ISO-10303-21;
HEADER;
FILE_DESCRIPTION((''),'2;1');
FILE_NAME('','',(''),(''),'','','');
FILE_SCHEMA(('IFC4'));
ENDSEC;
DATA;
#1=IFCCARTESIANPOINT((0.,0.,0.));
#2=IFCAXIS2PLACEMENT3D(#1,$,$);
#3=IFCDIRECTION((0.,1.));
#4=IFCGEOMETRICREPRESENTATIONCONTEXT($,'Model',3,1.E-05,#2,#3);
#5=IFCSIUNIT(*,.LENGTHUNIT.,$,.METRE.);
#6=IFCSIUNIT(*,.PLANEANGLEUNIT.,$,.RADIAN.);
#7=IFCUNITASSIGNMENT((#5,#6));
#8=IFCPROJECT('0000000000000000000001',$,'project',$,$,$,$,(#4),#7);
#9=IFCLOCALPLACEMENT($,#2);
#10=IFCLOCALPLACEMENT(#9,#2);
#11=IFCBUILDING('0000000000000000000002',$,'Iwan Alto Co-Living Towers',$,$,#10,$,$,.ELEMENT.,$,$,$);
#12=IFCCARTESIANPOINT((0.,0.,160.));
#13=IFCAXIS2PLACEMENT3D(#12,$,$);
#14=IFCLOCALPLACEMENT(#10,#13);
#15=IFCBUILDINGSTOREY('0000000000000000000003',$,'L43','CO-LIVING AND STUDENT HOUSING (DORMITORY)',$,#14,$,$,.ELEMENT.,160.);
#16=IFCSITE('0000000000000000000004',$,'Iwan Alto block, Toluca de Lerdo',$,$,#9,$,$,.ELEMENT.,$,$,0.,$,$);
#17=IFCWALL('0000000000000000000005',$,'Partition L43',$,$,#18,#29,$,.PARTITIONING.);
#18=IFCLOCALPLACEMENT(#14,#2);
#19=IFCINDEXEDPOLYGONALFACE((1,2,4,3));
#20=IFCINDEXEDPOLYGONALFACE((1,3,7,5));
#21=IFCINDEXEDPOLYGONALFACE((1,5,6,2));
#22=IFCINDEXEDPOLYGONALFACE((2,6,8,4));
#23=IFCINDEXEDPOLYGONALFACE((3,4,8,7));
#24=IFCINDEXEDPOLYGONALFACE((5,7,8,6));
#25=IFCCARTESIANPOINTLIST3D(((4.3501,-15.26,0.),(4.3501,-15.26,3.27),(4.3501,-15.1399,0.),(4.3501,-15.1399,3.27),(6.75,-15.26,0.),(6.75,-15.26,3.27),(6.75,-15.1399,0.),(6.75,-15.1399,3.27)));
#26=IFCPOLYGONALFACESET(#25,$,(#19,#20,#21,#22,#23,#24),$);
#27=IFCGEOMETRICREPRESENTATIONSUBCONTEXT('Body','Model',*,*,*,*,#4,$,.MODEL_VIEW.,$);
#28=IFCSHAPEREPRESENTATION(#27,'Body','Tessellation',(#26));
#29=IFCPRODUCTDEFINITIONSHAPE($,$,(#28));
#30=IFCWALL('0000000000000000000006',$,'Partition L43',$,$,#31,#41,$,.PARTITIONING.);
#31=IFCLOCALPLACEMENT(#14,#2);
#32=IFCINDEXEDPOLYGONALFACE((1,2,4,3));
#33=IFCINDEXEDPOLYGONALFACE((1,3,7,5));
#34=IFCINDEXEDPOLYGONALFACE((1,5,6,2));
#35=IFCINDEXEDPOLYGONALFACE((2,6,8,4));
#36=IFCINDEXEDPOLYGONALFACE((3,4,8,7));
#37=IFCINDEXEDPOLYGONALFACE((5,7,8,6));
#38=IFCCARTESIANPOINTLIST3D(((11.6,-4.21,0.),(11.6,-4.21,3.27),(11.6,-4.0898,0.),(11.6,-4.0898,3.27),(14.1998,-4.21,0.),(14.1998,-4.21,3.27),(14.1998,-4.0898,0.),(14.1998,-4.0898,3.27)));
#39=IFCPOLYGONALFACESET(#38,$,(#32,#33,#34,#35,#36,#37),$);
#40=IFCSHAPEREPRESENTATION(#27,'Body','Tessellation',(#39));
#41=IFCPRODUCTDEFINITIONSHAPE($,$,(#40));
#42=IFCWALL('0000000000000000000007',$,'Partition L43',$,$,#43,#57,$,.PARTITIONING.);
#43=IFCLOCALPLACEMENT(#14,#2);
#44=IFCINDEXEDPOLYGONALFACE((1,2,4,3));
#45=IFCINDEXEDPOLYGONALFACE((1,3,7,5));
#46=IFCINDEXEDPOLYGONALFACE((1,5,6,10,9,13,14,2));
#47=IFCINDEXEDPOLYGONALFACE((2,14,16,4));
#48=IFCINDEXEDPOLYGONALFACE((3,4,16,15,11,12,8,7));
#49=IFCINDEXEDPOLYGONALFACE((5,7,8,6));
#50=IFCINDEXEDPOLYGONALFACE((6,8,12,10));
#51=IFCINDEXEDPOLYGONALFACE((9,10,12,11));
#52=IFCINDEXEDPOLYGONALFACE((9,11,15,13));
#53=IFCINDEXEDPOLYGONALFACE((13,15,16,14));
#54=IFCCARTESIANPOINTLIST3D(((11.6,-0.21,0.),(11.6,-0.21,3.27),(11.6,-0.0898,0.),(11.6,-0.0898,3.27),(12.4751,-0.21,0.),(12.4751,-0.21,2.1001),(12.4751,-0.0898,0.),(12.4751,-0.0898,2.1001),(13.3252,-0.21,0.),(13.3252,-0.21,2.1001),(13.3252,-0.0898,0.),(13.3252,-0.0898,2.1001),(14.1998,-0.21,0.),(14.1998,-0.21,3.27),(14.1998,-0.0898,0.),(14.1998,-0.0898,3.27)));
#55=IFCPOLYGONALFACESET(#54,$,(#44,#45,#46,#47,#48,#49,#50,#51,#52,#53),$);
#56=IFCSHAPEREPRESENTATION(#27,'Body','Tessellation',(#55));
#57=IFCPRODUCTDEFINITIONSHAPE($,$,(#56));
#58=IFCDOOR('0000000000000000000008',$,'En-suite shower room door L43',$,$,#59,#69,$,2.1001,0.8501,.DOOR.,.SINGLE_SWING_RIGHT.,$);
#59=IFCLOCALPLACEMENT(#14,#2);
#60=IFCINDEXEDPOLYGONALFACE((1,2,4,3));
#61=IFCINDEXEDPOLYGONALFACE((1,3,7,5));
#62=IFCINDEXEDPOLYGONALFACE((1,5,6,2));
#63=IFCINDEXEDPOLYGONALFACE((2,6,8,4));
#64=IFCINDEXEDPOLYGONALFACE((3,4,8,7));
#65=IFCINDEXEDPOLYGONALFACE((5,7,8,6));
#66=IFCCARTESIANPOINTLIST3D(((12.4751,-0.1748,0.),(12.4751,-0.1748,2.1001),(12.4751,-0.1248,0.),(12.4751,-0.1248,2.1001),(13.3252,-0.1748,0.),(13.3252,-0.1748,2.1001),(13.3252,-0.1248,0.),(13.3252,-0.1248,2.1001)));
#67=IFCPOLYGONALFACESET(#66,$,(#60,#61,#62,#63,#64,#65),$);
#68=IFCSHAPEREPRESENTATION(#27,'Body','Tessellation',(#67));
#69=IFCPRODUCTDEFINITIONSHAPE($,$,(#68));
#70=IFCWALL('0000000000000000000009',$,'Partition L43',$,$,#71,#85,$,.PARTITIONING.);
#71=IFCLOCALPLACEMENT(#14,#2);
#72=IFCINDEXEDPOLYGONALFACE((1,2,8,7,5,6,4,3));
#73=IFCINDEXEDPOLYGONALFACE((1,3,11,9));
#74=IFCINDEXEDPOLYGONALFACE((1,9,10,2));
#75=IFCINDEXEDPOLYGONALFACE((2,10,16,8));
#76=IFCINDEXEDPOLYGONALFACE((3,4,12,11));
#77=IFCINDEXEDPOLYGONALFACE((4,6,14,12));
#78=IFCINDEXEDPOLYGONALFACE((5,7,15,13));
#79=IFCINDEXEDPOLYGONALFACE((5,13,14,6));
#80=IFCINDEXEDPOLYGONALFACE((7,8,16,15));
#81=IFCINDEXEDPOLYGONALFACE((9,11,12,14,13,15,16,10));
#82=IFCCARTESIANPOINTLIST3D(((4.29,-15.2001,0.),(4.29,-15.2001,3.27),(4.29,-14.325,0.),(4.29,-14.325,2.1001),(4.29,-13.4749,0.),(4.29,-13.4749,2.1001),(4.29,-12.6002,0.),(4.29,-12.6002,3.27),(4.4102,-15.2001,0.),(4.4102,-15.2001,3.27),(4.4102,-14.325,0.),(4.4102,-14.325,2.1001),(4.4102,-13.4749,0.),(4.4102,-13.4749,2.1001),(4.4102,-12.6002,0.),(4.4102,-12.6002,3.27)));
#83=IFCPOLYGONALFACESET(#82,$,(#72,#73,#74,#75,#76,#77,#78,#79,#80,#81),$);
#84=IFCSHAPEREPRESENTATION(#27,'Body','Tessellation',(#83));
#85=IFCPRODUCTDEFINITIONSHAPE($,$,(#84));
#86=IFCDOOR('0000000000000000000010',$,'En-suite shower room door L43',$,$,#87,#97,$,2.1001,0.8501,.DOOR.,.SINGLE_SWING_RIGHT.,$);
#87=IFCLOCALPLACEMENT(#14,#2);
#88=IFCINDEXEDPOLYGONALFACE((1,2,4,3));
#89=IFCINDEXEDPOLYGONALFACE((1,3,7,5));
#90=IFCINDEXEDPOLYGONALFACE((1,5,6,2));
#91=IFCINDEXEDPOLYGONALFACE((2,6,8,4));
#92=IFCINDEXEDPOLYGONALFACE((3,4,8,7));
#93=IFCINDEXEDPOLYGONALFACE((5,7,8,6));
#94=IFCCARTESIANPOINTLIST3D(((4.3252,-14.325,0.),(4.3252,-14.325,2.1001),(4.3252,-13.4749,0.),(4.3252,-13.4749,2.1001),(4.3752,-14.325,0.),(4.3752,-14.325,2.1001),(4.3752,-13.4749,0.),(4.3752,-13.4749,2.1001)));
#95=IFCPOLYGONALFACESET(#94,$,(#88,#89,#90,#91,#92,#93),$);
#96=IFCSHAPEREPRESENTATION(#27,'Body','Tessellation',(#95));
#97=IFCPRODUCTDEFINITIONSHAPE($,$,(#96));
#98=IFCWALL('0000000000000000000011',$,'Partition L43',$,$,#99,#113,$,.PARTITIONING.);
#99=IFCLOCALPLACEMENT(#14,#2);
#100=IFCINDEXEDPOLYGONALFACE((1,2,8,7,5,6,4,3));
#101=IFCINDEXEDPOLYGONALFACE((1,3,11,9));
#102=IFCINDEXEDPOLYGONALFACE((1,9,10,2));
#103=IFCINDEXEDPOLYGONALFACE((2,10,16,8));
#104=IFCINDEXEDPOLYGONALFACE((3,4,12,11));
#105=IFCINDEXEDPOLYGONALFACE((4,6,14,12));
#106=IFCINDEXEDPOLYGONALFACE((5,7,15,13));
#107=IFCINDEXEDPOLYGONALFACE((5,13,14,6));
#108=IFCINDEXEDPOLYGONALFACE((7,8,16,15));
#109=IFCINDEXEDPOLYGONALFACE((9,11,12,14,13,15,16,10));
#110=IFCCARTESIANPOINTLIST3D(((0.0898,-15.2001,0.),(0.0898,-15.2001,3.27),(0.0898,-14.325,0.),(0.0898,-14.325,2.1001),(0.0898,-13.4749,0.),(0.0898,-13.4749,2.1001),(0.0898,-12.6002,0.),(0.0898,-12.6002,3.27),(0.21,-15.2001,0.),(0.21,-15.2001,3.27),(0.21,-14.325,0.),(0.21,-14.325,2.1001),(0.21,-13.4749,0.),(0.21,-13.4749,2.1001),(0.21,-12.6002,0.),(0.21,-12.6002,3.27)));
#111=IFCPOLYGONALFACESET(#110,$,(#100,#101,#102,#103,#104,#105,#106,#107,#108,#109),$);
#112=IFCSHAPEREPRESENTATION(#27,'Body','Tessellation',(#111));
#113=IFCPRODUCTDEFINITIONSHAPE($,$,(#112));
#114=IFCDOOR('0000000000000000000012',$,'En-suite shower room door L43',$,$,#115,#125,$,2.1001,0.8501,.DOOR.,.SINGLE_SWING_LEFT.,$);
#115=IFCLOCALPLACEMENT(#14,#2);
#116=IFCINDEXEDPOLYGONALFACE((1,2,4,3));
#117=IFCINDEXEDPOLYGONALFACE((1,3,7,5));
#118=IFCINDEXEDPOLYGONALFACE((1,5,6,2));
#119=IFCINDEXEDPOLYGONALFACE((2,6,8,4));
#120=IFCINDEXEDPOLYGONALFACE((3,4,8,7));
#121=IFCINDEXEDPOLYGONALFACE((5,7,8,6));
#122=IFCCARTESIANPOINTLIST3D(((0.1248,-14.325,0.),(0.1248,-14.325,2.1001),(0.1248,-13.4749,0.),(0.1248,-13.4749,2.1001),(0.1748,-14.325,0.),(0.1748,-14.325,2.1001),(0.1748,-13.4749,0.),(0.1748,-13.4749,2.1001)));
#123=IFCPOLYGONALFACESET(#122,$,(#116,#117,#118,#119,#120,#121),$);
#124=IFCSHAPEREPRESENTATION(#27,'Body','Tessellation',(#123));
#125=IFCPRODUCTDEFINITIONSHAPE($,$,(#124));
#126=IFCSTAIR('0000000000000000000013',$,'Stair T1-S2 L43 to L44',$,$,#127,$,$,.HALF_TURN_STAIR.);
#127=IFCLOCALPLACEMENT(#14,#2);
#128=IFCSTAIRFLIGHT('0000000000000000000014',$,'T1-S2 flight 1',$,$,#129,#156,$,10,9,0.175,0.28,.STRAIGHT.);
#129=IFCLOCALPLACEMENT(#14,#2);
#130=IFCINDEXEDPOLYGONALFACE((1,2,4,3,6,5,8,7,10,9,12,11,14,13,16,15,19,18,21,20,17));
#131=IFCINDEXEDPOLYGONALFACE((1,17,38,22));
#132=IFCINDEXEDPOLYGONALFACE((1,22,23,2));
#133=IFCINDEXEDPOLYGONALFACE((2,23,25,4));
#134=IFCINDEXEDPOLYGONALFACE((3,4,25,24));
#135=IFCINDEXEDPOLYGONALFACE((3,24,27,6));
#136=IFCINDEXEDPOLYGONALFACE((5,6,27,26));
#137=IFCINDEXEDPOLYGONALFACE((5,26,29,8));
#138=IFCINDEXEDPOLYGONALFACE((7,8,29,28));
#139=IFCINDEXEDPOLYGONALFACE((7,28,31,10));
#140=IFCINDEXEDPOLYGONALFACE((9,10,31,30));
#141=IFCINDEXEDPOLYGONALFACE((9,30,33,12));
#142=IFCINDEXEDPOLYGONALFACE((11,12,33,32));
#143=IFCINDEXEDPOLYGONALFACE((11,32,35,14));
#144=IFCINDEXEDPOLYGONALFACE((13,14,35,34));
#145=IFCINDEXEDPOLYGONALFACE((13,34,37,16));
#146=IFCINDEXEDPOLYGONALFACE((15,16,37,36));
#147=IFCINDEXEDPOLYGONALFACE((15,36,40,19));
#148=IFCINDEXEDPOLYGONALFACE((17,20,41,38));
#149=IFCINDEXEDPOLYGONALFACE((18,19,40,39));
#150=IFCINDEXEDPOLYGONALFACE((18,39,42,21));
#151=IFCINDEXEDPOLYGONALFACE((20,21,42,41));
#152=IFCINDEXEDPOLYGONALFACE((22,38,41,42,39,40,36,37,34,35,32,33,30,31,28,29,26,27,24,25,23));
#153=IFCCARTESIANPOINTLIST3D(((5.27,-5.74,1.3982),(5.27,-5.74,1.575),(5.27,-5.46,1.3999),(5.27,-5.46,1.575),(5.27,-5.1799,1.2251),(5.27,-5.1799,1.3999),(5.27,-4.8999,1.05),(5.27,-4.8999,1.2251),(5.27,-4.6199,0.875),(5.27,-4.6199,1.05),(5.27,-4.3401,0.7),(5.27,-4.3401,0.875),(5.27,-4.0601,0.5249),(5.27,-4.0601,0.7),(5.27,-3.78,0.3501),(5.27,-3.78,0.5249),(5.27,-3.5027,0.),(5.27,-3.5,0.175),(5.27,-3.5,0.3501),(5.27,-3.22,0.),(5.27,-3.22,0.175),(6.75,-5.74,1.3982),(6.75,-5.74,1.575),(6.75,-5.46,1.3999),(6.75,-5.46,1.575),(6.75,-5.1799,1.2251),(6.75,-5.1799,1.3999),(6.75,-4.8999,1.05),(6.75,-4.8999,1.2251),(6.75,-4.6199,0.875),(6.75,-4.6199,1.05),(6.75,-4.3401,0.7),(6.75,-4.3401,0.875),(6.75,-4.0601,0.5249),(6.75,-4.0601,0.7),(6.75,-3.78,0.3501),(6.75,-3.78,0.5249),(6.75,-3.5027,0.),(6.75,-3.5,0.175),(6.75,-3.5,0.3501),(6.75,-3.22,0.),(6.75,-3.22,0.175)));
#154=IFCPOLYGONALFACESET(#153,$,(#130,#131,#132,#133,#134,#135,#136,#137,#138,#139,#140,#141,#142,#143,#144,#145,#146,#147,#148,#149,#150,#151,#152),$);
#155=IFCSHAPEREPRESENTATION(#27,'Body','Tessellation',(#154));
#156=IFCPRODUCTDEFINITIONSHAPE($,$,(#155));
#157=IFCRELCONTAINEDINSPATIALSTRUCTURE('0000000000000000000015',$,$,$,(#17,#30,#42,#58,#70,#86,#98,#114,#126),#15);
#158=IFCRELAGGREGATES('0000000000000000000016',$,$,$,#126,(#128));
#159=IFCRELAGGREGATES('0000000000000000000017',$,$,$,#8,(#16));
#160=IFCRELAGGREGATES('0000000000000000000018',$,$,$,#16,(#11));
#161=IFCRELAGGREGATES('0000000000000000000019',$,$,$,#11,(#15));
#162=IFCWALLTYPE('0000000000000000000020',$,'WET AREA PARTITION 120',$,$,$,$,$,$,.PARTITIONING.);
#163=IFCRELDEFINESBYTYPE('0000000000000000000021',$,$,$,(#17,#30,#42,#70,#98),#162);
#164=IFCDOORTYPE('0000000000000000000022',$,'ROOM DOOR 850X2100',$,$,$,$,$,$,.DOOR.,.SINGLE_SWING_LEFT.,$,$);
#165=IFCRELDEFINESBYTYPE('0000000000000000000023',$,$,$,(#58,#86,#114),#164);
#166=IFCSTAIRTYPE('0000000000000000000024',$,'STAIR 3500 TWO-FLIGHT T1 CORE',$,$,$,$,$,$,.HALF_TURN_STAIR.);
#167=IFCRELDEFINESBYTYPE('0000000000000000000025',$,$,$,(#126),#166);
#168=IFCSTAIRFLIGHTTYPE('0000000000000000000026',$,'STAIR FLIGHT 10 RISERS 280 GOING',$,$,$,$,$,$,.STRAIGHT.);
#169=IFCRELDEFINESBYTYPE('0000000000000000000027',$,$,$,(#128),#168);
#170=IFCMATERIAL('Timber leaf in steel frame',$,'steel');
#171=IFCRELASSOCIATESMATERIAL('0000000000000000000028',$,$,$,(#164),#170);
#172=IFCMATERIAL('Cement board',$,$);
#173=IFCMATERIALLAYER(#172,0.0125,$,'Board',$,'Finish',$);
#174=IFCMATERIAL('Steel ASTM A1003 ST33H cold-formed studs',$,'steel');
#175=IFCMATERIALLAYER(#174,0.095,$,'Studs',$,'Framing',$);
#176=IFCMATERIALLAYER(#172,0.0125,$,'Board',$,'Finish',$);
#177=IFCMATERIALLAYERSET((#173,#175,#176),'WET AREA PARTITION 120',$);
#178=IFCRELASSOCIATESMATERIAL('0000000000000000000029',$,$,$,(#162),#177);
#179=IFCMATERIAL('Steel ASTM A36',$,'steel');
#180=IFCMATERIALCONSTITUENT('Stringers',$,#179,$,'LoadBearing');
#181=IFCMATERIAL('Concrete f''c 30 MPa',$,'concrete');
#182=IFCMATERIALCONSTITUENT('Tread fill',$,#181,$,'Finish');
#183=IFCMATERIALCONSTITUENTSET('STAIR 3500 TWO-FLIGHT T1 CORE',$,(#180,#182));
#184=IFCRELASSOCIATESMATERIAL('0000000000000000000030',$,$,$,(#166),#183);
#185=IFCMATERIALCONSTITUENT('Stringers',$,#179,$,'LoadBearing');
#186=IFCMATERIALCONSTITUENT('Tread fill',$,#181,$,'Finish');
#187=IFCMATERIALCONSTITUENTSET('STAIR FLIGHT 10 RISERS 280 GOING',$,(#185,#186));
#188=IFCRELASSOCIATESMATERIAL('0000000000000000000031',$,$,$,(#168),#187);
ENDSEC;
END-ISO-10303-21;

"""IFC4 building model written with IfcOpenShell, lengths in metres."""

from ifc_helpers import new_model, si_unit, direction, frame, frame_2d, origin, place, context, subcontext, project, spatial, polyline, rectangle, outline, extrude, material, layer, layer_set, constituent, constituent_set, type_object, element, fill, aggregate, save


model = new_model("IFC4")

# Units and contexts
model_context = context("Model", 3, precision=1e-05, world=origin(), true_north=direction((0.0, 1.0)))
body_context = subcontext(model_context, "Body", "Model", "MODEL_VIEW")
ifc_project = project(units=[si_unit("LENGTHUNIT", "METRE"), si_unit("PLANEANGLEUNIT", "RADIAN")], contexts=[model_context])

# Site, building, storey
site_placement = place(None, origin())
site = spatial("IfcSite", under=ifc_project, at=site_placement, Name="Iwan Alto block, Toluca de Lerdo", CompositionType="ELEMENT", RefElevation=0.0)
building_placement = place(site_placement, origin())
building = spatial("IfcBuilding", under=site, at=building_placement, Name="Iwan Alto Co-Living Towers", CompositionType="ELEMENT")
storey_placement = place(building_placement, frame((0.0, 0.0, 160.0)))
storey = spatial("IfcBuildingStorey", under=building, at=storey_placement, Name="L43", Description="CO-LIVING AND STUDENT HOUSING (DORMITORY)", CompositionType="ELEMENT", Elevation=160.0)

# Shared definitions
ifc_material_1 = material(Name="Steel ASTM A1003 ST33H cold-formed studs", Category="steel")

# Shared definitions
ifc_material_2 = material(Name="Timber leaf in steel frame", Category="steel")
door_type_1 = type_object("IfcDoorType", Name="ROOM DOOR 850X2100", OperationType="SINGLE_SWING_LEFT", PredefinedType="DOOR", material=ifc_material_2)

# Walls
ifc_material_3 = material(Name="Cement board")
ifc_layer_1 = layer(ifc_material_3, 0.0125, Name="Board", Category="Finish")
ifc_layer_2 = layer(ifc_material_1, 0.095, Name="Studs", Category="Framing")
ifc_layer_3 = layer(ifc_material_3, 0.0125, Name="Board", Category="Finish")
ifc_layer_set_1 = layer_set([ifc_layer_1, ifc_layer_2, ifc_layer_3], Name="WET AREA PARTITION 120")
wall_type_1 = type_object("IfcWallType", Name="WET AREA PARTITION 120", PredefinedType="PARTITIONING", material=ifc_layer_set_1)
wall_1_placement = place(storey_placement, frame((4.3501, -15.2, 0.0), z_axis=(0.0, 0.0, 1.0), x_axis=(1.0, 0.0, 0.0)))
element("IfcWall", 1, at=wall_1_placement, inside=storey, type_object=wall_type_1, Name="Partition L43", PredefinedType="PARTITIONING", context=body_context, shape_type="SweptSolid", body=[
    extrude(rectangle(XDim=2.3999, YDim=0.1201, at=frame_2d((1.2, 0.0))), origin(), (0.0, 0.0, 1.0), 3.27),
])
wall_2_placement = place(storey_placement, frame((11.6001, -4.1499, 0.0), z_axis=(0.0, 0.0, 1.0), x_axis=(1.0, 0.0, 0.0)))
element("IfcWall", 2, at=wall_2_placement, inside=storey, type_object=wall_type_1, Name="Partition L43", PredefinedType="PARTITIONING", context=body_context, shape_type="SweptSolid", body=[
    extrude(rectangle(XDim=2.5999, YDim=0.1201, at=frame_2d((1.2998, 0.0))), origin(), (0.0, 0.0, 1.0), 3.27),
])

# Walls, openings, doors
wall_3_placement = place(storey_placement, frame((11.6001, -0.1499, 0.0), z_axis=(0.0, 0.0, 1.0), x_axis=(1.0, 0.0, 0.0)))
wall_3 = element("IfcWall", 3, at=wall_3_placement, inside=storey, type_object=wall_type_1, Name="Partition L43", PredefinedType="PARTITIONING", context=body_context, shape_type="SweptSolid", body=[
    extrude(rectangle(XDim=2.5999, YDim=0.1201, at=frame_2d((1.2998, 0.0))), origin(), (0.0, 0.0, 1.0), 3.27),
])
opening_1_placement = place(wall_3_placement, frame((0.875, 0.0, 0.0)))
opening_1 = element("IfcOpeningElement", 4, at=opening_1_placement, cuts=wall_3, PredefinedType="OPENING", context=body_context, shape_type="SweptSolid", body=[
    extrude(rectangle(XDim=0.8501, YDim=2.1001, at=frame_2d((0.425, 1.05))), frame((0.0, 0.0701, 0.0), z_axis=(0.0, -1.0, 0.0), x_axis=(1.0, 0.0, 0.0)), (0.0, 0.0, 1.0), 0.1401),
])
door_1_placement = place(opening_1_placement, frame((0.8501, 0.0, 0.0), z_axis=(0.0, 0.0, 1.0), x_axis=(-1.0, 0.0, 0.0)))
door_1 = element("IfcDoor", 5, at=door_1_placement, inside=storey, type_object=door_type_1, Name="En-suite shower room door L43", OperationType="SINGLE_SWING_RIGHT", OverallHeight=2.1001, OverallWidth=0.8501, PredefinedType="DOOR", context=body_context, shape_type="SweptSolid", body=[
    extrude(rectangle(XDim=0.8501, YDim=2.1001, at=frame_2d((0.425, 1.05))), frame((0.0, 0.0249, 0.0), z_axis=(0.0, -1.0, 0.0), x_axis=(1.0, 0.0, 0.0)), (0.0, 0.0, 1.0), 0.05),
])
fill(opening_1, door_1)
wall_4_placement = place(storey_placement, frame((4.3501, -15.2, 0.0), z_axis=(0.0, 0.0, 1.0), x_axis=(0.0, 1.0, 0.0)))
wall_4 = element("IfcWall", 6, at=wall_4_placement, inside=storey, type_object=wall_type_1, Name="Partition L43", PredefinedType="PARTITIONING", context=body_context, shape_type="SweptSolid", body=[
    extrude(rectangle(XDim=2.5999, YDim=0.1201, at=frame_2d((1.2998, 0.0))), origin(), (0.0, 0.0, 1.0), 3.27),
])
opening_2_placement = place(wall_4_placement, frame((0.875, 0.0, 0.0)))
opening_2 = element("IfcOpeningElement", 7, at=opening_2_placement, cuts=wall_4, PredefinedType="OPENING", context=body_context, shape_type="SweptSolid", body=[
    extrude(rectangle(XDim=0.8501, YDim=2.1001, at=frame_2d((0.425, 1.05))), frame((0.0, 0.0701, 0.0), z_axis=(0.0, -1.0, 0.0), x_axis=(1.0, 0.0, 0.0)), (0.0, 0.0, 1.0), 0.1401),
])
door_2_placement = place(opening_2_placement, origin())
door_2 = element("IfcDoor", 8, at=door_2_placement, inside=storey, type_object=door_type_1, Name="En-suite shower room door L43", OperationType="SINGLE_SWING_RIGHT", OverallHeight=2.1001, OverallWidth=0.8501, PredefinedType="DOOR", context=body_context, shape_type="SweptSolid", body=[
    extrude(rectangle(XDim=0.8501, YDim=2.1001, at=frame_2d((0.425, 1.05))), frame((0.0, 0.0249, 0.0), z_axis=(0.0, -1.0, 0.0), x_axis=(1.0, 0.0, 0.0)), (0.0, 0.0, 1.0), 0.05),
])
fill(opening_2, door_2)
wall_5_placement = place(storey_placement, frame((0.1499, -15.2, 0.0), z_axis=(0.0, 0.0, 1.0), x_axis=(0.0, 1.0, 0.0)))
wall_5 = element("IfcWall", 9, at=wall_5_placement, inside=storey, type_object=wall_type_1, Name="Partition L43", PredefinedType="PARTITIONING", context=body_context, shape_type="SweptSolid", body=[
    extrude(rectangle(XDim=2.5999, YDim=0.1201, at=frame_2d((1.2998, 0.0))), origin(), (0.0, 0.0, 1.0), 3.27),
])
opening_3_placement = place(wall_5_placement, frame((0.875, 0.0, 0.0)))
opening_3 = element("IfcOpeningElement", 10, at=opening_3_placement, cuts=wall_5, PredefinedType="OPENING", context=body_context, shape_type="SweptSolid", body=[
    extrude(rectangle(XDim=0.8501, YDim=2.1001, at=frame_2d((0.425, 1.05))), frame((0.0, 0.0701, 0.0), z_axis=(0.0, -1.0, 0.0), x_axis=(1.0, 0.0, 0.0)), (0.0, 0.0, 1.0), 0.1401),
])
door_3_placement = place(opening_3_placement, frame((0.8501, 0.0, 0.0), z_axis=(0.0, 0.0, 1.0), x_axis=(-1.0, 0.0, 0.0)))
door_3 = element("IfcDoor", 11, at=door_3_placement, inside=storey, type_object=door_type_1, Name="En-suite shower room door L43", OperationType="SINGLE_SWING_LEFT", OverallHeight=2.1001, OverallWidth=0.8501, PredefinedType="DOOR", context=body_context, shape_type="SweptSolid", body=[
    extrude(rectangle(XDim=0.8501, YDim=2.1001, at=frame_2d((0.425, 1.05))), frame((0.0, 0.0249, 0.0), z_axis=(0.0, -1.0, 0.0), x_axis=(1.0, 0.0, 0.0)), (0.0, 0.0, 1.0), 0.05),
])
fill(opening_3, door_3)

# Stair, stair flight
ifc_material_4 = material(Name="Steel ASTM A36", Category="steel")
ifc_constituent_1 = constituent(ifc_material_4, Name="Stringers", Category="LoadBearing")
ifc_material_5 = material(Name="Concrete f'c 30 MPa", Category="concrete")
ifc_constituent_2 = constituent(ifc_material_5, Name="Tread fill", Category="Finish")
ifc_constituent_set_1 = constituent_set(constituents=[ifc_constituent_1, ifc_constituent_2], Name="STAIR 3500 TWO-FLIGHT T1 CORE")
stair_type = type_object("IfcStairType", Name="STAIR 3500 TWO-FLIGHT T1 CORE", PredefinedType="HALF_TURN_STAIR", material=ifc_constituent_set_1)
stair_placement = place(storey_placement, origin())
stair = element("IfcStair", 12, at=stair_placement, inside=storey, type_object=stair_type, Name="Stair T1-S2 L43 to L44", PredefinedType="HALF_TURN_STAIR")
ifc_constituent_3 = constituent(ifc_material_4, Name="Stringers", Category="LoadBearing")
ifc_constituent_4 = constituent(ifc_material_5, Name="Tread fill", Category="Finish")
ifc_constituent_set_2 = constituent_set(constituents=[ifc_constituent_3, ifc_constituent_4], Name="STAIR FLIGHT 10 RISERS 280 GOING")
stair_flight_type = type_object("IfcStairFlightType", Name="STAIR FLIGHT 10 RISERS 280 GOING", PredefinedType="STRAIGHT", material=ifc_constituent_set_2)
stair_flight_1_placement = place(storey_placement, frame((6.01, -3.22, 0.0), z_axis=(0.0, 0.0, 1.0), x_axis=(0.0, -1.0, 0.0)))
stair_flight_1 = element("IfcStairFlight", 13, at=stair_flight_1_placement, type_object=stair_flight_type, Name="T1-S2 flight 1", NumberOfRisers=10, NumberOfTreads=9, PredefinedType="STRAIGHT", RiserHeight=0.175, TreadLength=0.28, context=body_context, shape_type="SweptSolid", body=[
    extrude(outline(polyline([(0.0, 0.0), (0.0, 0.175), (0.28, 0.175), (0.28, 0.3501), (0.5601, 0.3501), (0.5601, 0.5249), (0.8401, 0.5249), (0.8401, 0.7), (1.1201, 0.7), (1.1201, 0.875), (1.3999, 0.875), (1.3999, 1.05), (1.6799, 1.05), (1.6799, 1.2251), (1.96, 1.2251), (1.96, 1.3999), (2.24, 1.3999), (2.24, 1.575), (2.52, 1.575), (2.52, 1.75), (2.52, 1.3982), (0.2827, 0.0), (0.0, 0.0)])), frame((0.0, 0.74, 0.0), z_axis=(0.0, -1.0, 0.0), x_axis=(1.0, 0.0, 0.0)), (0.0, 0.0, 1.0), 1.48),
])
aggregate(stair, [stair_flight_1])

save(model, "model.ifc")
